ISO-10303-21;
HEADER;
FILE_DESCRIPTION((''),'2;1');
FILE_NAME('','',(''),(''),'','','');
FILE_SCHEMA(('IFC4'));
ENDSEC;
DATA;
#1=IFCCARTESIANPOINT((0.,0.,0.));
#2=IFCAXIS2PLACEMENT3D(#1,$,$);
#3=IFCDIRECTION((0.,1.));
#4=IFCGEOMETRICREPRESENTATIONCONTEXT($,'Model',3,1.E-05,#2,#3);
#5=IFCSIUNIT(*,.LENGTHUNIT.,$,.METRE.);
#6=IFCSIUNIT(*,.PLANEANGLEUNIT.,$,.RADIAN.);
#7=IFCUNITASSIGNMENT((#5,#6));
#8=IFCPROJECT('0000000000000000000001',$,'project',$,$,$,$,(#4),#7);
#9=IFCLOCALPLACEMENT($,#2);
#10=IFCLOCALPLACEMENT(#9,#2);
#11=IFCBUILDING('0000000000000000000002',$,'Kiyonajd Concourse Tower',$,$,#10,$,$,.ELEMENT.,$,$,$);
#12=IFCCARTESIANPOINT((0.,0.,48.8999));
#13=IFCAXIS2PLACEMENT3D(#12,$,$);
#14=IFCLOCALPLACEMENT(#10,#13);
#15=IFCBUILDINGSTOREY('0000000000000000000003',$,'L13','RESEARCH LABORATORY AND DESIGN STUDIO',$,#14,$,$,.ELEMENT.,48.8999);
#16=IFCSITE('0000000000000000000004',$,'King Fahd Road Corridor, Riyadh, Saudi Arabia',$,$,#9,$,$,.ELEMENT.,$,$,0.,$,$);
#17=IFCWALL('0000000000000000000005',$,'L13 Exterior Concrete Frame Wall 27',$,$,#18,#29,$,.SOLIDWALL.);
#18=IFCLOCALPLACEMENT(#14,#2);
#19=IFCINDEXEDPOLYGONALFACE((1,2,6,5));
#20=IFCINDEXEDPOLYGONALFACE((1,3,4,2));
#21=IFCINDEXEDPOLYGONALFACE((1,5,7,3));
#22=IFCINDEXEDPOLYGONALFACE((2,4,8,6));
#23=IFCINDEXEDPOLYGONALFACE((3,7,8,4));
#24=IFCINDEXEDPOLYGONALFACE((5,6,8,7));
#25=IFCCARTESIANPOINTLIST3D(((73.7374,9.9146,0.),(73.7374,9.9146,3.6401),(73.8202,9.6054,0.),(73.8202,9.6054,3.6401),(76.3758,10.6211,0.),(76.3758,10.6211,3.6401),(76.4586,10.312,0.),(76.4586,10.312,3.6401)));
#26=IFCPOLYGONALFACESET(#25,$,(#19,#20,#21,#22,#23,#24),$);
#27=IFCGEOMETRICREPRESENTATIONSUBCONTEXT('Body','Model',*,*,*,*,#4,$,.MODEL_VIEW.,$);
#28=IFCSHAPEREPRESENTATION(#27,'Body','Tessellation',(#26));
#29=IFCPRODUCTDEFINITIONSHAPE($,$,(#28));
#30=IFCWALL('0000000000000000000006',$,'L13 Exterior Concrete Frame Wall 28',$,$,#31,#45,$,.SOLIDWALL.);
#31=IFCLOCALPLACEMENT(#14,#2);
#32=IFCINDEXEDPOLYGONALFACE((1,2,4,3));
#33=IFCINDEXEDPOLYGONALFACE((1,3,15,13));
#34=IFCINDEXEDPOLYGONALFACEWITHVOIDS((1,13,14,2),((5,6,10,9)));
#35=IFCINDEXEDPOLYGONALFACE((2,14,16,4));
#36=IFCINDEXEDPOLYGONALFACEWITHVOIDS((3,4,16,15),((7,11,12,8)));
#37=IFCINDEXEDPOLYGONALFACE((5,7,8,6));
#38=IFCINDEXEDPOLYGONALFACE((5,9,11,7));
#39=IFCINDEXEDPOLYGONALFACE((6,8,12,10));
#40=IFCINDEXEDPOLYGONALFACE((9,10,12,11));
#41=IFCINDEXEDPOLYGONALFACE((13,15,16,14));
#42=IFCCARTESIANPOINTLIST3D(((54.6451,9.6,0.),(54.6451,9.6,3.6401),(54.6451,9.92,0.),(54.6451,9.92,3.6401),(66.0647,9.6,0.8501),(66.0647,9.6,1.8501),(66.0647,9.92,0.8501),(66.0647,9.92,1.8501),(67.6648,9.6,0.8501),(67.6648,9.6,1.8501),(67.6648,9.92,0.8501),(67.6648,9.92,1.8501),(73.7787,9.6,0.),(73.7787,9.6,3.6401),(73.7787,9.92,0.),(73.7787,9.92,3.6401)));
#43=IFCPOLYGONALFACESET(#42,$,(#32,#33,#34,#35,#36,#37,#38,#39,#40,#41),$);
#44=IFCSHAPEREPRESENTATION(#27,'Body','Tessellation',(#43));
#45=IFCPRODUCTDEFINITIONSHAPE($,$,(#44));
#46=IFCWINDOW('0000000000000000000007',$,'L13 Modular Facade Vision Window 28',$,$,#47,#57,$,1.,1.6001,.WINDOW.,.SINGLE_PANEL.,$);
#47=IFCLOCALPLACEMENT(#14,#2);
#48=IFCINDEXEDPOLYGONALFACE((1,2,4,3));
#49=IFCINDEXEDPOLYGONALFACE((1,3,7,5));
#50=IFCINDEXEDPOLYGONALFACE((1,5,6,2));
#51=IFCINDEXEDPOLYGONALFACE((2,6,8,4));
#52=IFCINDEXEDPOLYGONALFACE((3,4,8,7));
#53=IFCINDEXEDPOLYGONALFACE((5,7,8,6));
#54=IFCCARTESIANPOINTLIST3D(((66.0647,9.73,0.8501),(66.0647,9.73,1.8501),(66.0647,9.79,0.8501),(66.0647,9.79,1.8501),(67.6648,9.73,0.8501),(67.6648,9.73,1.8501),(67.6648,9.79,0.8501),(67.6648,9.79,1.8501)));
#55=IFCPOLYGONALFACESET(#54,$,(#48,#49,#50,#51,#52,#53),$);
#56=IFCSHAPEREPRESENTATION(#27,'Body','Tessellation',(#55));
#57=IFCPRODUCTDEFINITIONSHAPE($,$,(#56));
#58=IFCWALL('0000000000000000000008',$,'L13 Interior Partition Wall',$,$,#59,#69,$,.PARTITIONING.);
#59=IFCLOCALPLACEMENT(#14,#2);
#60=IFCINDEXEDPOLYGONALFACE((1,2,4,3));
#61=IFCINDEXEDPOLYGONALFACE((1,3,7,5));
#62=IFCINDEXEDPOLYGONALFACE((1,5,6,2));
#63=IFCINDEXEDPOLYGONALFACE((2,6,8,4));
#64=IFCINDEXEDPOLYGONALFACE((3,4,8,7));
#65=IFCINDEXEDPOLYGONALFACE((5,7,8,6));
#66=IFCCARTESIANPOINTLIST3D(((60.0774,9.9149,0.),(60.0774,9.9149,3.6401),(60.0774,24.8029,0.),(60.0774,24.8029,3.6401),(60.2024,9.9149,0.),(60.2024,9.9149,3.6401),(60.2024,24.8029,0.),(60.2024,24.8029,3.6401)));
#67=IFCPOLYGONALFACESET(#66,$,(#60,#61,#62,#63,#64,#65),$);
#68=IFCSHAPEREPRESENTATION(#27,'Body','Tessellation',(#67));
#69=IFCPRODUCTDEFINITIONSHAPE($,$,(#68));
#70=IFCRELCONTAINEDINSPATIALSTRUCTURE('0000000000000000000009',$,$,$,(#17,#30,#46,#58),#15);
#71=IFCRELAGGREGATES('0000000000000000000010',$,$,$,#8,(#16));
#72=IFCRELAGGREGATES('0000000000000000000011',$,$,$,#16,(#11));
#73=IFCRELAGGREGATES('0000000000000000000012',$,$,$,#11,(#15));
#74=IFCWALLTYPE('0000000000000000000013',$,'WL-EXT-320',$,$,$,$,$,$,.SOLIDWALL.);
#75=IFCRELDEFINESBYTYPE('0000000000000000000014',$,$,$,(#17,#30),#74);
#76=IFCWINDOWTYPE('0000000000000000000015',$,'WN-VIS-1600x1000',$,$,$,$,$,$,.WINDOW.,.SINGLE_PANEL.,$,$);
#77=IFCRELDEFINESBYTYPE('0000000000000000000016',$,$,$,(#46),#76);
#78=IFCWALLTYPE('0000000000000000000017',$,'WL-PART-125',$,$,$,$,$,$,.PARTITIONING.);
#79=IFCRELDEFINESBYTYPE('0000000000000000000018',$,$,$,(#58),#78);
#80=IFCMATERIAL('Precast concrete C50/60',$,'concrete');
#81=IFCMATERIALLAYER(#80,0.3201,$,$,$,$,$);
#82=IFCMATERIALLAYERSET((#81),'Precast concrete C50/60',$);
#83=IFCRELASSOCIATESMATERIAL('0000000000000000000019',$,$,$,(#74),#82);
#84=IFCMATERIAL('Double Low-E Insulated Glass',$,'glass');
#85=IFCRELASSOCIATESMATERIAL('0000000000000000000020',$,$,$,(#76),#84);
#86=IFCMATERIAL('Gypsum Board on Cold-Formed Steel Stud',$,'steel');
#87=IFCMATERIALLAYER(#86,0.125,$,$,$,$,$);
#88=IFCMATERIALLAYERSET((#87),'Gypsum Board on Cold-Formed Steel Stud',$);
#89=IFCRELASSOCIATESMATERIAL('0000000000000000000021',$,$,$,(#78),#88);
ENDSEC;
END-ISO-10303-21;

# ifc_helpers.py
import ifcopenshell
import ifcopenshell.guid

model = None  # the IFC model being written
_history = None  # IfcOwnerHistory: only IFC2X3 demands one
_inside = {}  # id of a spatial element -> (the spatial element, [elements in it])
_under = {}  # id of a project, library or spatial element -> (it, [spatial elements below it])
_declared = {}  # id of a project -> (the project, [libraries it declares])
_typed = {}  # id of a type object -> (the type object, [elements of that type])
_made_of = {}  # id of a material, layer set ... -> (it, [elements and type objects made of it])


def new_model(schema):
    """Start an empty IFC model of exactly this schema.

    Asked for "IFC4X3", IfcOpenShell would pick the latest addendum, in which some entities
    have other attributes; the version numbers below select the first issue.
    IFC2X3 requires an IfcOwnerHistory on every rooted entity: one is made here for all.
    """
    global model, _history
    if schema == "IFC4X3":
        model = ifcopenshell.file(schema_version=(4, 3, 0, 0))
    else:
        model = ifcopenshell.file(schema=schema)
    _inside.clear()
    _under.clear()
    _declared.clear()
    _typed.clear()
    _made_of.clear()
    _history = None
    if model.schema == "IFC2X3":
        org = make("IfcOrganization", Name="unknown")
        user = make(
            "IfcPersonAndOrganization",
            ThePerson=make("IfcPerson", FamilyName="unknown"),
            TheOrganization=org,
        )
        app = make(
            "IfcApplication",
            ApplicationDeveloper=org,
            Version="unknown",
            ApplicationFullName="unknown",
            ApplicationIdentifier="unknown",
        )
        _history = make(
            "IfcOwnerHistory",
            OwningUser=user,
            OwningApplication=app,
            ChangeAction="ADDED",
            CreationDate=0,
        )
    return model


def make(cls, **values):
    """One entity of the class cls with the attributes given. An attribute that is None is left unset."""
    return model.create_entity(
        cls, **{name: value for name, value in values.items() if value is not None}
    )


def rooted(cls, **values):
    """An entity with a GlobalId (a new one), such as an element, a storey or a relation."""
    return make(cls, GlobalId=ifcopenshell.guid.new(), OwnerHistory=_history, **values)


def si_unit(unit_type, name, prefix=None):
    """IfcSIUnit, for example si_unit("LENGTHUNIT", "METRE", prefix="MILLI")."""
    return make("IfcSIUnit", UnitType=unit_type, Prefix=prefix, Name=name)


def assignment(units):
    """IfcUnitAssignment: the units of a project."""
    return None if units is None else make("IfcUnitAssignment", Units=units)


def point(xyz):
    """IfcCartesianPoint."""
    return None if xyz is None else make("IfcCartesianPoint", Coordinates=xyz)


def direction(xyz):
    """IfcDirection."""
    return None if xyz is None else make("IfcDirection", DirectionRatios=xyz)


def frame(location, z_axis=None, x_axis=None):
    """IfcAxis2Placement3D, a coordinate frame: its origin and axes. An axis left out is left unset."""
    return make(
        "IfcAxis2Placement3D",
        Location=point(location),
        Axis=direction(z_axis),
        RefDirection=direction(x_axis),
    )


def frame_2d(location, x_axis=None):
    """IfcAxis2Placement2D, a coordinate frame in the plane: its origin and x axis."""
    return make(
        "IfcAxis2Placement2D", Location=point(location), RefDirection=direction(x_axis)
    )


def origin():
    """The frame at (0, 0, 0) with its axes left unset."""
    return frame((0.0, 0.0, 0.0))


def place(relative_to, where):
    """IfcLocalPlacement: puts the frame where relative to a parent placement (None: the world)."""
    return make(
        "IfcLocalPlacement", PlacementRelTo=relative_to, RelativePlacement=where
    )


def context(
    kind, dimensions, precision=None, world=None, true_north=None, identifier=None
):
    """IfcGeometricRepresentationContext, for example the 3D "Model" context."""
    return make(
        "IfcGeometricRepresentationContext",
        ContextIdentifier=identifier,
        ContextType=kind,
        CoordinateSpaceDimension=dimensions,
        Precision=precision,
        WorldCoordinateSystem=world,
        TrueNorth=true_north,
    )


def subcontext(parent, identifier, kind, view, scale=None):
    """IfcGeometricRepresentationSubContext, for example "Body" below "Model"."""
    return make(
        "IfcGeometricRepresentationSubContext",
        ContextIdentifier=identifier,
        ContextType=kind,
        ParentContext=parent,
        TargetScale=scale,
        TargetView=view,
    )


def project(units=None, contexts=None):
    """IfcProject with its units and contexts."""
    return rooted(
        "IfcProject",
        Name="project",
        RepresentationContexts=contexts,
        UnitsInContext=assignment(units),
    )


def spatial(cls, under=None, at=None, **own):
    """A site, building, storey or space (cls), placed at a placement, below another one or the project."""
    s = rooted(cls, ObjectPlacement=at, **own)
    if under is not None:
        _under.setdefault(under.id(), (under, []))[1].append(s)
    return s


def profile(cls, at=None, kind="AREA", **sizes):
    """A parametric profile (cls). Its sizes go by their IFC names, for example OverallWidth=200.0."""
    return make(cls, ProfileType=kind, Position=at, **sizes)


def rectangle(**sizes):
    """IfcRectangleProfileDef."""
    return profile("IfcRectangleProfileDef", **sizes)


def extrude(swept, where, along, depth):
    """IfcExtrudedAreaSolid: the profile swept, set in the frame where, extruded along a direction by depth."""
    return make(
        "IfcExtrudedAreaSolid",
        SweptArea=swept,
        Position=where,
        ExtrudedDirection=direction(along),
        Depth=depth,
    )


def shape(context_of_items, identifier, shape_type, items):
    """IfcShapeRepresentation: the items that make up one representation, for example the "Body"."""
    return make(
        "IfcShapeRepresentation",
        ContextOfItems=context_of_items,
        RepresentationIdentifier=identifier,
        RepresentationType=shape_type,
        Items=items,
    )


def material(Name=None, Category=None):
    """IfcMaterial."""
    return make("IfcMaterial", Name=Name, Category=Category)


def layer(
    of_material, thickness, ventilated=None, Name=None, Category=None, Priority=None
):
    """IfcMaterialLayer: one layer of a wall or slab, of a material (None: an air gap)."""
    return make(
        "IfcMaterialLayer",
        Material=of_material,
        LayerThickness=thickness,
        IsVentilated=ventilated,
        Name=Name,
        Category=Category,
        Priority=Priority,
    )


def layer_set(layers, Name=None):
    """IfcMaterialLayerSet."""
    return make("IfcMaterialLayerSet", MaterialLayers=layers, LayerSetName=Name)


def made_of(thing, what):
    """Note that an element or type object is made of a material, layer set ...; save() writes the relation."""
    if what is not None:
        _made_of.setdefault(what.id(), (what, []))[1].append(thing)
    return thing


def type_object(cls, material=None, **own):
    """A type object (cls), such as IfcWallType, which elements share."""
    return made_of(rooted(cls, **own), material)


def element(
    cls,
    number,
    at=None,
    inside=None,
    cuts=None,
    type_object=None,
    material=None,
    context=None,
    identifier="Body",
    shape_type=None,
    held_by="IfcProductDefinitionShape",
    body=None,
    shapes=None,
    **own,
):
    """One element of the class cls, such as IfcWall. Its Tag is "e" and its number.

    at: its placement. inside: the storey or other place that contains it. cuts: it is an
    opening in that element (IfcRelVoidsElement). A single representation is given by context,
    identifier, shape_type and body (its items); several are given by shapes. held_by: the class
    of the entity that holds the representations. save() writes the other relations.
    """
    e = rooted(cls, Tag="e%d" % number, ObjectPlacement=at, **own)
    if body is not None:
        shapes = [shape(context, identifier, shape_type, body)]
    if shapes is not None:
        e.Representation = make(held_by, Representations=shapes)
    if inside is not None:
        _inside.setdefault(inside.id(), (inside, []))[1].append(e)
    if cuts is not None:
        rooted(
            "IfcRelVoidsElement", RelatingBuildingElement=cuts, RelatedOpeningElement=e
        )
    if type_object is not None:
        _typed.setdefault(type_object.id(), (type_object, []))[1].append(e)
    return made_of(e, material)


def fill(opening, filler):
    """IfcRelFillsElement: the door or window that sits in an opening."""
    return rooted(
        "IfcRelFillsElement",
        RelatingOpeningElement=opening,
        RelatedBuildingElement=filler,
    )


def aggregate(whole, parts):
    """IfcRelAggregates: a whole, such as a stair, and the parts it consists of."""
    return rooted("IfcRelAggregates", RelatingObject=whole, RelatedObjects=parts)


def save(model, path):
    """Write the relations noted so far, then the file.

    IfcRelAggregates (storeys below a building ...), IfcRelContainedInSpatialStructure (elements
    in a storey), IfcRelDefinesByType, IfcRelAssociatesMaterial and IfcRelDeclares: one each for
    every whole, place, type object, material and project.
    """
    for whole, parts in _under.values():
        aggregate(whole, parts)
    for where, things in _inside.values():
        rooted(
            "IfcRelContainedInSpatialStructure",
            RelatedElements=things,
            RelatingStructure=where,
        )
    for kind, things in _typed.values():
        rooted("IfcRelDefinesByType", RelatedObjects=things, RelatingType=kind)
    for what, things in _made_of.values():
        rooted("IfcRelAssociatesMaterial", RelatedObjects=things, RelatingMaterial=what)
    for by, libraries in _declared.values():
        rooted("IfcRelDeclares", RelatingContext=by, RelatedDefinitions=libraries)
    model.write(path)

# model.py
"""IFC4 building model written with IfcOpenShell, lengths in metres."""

from ifc_helpers import new_model, si_unit, direction, frame, frame_2d, origin, place, context, subcontext, project, spatial, rectangle, extrude, material, layer, layer_set, type_object, element, fill, save


model = new_model("IFC4")

# Units and contexts
model_context = context("Model", 3, precision=1e-05, world=origin(), true_north=direction((0.0, 1.0)))
body_context = subcontext(model_context, "Body", "Model", "MODEL_VIEW")
ifc_project = project(units=[si_unit("LENGTHUNIT", "METRE"), si_unit("PLANEANGLEUNIT", "RADIAN")], contexts=[model_context])

# Site, building, storey
site_placement = place(None, origin())
site = spatial("IfcSite", under=ifc_project, at=site_placement, Name="King Fahd Road Corridor, Riyadh, Saudi Arabia", CompositionType="ELEMENT", RefElevation=0.0)
building_placement = place(site_placement, origin())
building = spatial("IfcBuilding", under=site, at=building_placement, Name="Kiyonajd Concourse Tower", CompositionType="ELEMENT")
storey_placement = place(building_placement, frame((0.0, 0.0, 48.8999)))
storey = spatial("IfcBuildingStorey", under=building, at=storey_placement, Name="L13", Description="RESEARCH LABORATORY AND DESIGN STUDIO", CompositionType="ELEMENT", Elevation=48.8999)

# Shared definitions
ifc_material_1 = material(Name="Precast concrete C50/60", Category="concrete")

# Shared definitions
ifc_material_2 = material(Name="Double Low-E Insulated Glass", Category="glass")

# Wall
ifc_layer_1 = layer(ifc_material_1, 0.3201)
ifc_layer_set_1 = layer_set([ifc_layer_1], Name="Precast concrete C50/60")
wall_type_1 = type_object("IfcWallType", Name="WL-EXT-320", PredefinedType="SOLIDWALL", material=ifc_layer_set_1)
wall_1_placement = place(storey_placement, frame((76.4172, 10.4666, 0.0), z_axis=(0.0, 0.0, 1.0), x_axis=(-0.965964, -0.258675, 0.0)))
element("IfcWall", 1, at=wall_1_placement, inside=storey, type_object=wall_type_1, Name="L13 Exterior Concrete Frame Wall 27", PredefinedType="SOLIDWALL", context=body_context, shape_type="SweptSolid", body=[
    extrude(rectangle(XDim=2.7314, YDim=0.3201, at=frame_2d((1.3657, 0.0))), origin(), (0.0, 0.0, 1.0), 3.6401),
])

# Wall, opening, window
wall_2_placement = place(storey_placement, frame((73.7788, 9.76, 0.0), z_axis=(0.0, 0.0, 1.0), x_axis=(-1.0, 0.0, 0.0)))
wall_2 = element("IfcWall", 2, at=wall_2_placement, inside=storey, type_object=wall_type_1, Name="L13 Exterior Concrete Frame Wall 28", PredefinedType="SOLIDWALL", context=body_context, shape_type="SweptSolid", body=[
    extrude(rectangle(XDim=19.1335, YDim=0.3201, at=frame_2d((9.5669, 0.0))), origin(), (0.0, 0.0, 1.0), 3.6401),
])
opening_placement = place(wall_2_placement, frame((6.114, 0.0, 0.8501)))
opening = element("IfcOpeningElement", 3, at=opening_placement, cuts=wall_2, PredefinedType="OPENING", context=body_context, shape_type="SweptSolid", body=[
    extrude(rectangle(XDim=1.6001, YDim=1.0, at=frame_2d((0.8, 0.5))), frame((0.0, 0.1699, 0.0), z_axis=(0.0, -1.0, 0.0), x_axis=(1.0, 0.0, 0.0)), (0.0, 0.0, 1.0), 0.3401),
])
window_type = type_object("IfcWindowType", Name="WN-VIS-1600x1000", PartitioningType="SINGLE_PANEL", PredefinedType="WINDOW", material=ifc_material_2)
window_placement = place(opening_placement, origin())
window = element("IfcWindow", 4, at=window_placement, inside=storey, type_object=window_type, Name="L13 Modular Facade Vision Window 28", OverallHeight=1.0, OverallWidth=1.6001, PartitioningType="SINGLE_PANEL", PredefinedType="WINDOW", context=body_context, shape_type="SweptSolid", body=[
    extrude(rectangle(XDim=1.6001, YDim=1.0, at=frame_2d((0.8, 0.5))), frame((0.0, 0.03, 0.0), z_axis=(0.0, -1.0, 0.0), x_axis=(1.0, 0.0, 0.0)), (0.0, 0.0, 1.0), 0.0601),
])
fill(opening, window)

# Wall
ifc_material_3 = material(Name="Gypsum Board on Cold-Formed Steel Stud", Category="steel")
ifc_layer_2 = layer(ifc_material_3, 0.125)
ifc_layer_set_2 = layer_set([ifc_layer_2], Name="Gypsum Board on Cold-Formed Steel Stud")
wall_type_2 = type_object("IfcWallType", Name="WL-PART-125", PredefinedType="PARTITIONING", material=ifc_layer_set_2)
wall_3_placement = place(storey_placement, frame((60.1399, 9.915, 0.0), z_axis=(0.0, 0.0, 1.0), x_axis=(0.0, 1.0, 0.0)))
element("IfcWall", 5, at=wall_3_placement, inside=storey, type_object=wall_type_2, Name="L13 Interior Partition Wall", PredefinedType="PARTITIONING", context=body_context, shape_type="SweptSolid", body=[
    extrude(rectangle(XDim=14.8879, YDim=0.125, at=frame_2d((7.4438, 0.0))), origin(), (0.0, 0.0, 1.0), 3.6401),
])

save(model, "model.ifc")
